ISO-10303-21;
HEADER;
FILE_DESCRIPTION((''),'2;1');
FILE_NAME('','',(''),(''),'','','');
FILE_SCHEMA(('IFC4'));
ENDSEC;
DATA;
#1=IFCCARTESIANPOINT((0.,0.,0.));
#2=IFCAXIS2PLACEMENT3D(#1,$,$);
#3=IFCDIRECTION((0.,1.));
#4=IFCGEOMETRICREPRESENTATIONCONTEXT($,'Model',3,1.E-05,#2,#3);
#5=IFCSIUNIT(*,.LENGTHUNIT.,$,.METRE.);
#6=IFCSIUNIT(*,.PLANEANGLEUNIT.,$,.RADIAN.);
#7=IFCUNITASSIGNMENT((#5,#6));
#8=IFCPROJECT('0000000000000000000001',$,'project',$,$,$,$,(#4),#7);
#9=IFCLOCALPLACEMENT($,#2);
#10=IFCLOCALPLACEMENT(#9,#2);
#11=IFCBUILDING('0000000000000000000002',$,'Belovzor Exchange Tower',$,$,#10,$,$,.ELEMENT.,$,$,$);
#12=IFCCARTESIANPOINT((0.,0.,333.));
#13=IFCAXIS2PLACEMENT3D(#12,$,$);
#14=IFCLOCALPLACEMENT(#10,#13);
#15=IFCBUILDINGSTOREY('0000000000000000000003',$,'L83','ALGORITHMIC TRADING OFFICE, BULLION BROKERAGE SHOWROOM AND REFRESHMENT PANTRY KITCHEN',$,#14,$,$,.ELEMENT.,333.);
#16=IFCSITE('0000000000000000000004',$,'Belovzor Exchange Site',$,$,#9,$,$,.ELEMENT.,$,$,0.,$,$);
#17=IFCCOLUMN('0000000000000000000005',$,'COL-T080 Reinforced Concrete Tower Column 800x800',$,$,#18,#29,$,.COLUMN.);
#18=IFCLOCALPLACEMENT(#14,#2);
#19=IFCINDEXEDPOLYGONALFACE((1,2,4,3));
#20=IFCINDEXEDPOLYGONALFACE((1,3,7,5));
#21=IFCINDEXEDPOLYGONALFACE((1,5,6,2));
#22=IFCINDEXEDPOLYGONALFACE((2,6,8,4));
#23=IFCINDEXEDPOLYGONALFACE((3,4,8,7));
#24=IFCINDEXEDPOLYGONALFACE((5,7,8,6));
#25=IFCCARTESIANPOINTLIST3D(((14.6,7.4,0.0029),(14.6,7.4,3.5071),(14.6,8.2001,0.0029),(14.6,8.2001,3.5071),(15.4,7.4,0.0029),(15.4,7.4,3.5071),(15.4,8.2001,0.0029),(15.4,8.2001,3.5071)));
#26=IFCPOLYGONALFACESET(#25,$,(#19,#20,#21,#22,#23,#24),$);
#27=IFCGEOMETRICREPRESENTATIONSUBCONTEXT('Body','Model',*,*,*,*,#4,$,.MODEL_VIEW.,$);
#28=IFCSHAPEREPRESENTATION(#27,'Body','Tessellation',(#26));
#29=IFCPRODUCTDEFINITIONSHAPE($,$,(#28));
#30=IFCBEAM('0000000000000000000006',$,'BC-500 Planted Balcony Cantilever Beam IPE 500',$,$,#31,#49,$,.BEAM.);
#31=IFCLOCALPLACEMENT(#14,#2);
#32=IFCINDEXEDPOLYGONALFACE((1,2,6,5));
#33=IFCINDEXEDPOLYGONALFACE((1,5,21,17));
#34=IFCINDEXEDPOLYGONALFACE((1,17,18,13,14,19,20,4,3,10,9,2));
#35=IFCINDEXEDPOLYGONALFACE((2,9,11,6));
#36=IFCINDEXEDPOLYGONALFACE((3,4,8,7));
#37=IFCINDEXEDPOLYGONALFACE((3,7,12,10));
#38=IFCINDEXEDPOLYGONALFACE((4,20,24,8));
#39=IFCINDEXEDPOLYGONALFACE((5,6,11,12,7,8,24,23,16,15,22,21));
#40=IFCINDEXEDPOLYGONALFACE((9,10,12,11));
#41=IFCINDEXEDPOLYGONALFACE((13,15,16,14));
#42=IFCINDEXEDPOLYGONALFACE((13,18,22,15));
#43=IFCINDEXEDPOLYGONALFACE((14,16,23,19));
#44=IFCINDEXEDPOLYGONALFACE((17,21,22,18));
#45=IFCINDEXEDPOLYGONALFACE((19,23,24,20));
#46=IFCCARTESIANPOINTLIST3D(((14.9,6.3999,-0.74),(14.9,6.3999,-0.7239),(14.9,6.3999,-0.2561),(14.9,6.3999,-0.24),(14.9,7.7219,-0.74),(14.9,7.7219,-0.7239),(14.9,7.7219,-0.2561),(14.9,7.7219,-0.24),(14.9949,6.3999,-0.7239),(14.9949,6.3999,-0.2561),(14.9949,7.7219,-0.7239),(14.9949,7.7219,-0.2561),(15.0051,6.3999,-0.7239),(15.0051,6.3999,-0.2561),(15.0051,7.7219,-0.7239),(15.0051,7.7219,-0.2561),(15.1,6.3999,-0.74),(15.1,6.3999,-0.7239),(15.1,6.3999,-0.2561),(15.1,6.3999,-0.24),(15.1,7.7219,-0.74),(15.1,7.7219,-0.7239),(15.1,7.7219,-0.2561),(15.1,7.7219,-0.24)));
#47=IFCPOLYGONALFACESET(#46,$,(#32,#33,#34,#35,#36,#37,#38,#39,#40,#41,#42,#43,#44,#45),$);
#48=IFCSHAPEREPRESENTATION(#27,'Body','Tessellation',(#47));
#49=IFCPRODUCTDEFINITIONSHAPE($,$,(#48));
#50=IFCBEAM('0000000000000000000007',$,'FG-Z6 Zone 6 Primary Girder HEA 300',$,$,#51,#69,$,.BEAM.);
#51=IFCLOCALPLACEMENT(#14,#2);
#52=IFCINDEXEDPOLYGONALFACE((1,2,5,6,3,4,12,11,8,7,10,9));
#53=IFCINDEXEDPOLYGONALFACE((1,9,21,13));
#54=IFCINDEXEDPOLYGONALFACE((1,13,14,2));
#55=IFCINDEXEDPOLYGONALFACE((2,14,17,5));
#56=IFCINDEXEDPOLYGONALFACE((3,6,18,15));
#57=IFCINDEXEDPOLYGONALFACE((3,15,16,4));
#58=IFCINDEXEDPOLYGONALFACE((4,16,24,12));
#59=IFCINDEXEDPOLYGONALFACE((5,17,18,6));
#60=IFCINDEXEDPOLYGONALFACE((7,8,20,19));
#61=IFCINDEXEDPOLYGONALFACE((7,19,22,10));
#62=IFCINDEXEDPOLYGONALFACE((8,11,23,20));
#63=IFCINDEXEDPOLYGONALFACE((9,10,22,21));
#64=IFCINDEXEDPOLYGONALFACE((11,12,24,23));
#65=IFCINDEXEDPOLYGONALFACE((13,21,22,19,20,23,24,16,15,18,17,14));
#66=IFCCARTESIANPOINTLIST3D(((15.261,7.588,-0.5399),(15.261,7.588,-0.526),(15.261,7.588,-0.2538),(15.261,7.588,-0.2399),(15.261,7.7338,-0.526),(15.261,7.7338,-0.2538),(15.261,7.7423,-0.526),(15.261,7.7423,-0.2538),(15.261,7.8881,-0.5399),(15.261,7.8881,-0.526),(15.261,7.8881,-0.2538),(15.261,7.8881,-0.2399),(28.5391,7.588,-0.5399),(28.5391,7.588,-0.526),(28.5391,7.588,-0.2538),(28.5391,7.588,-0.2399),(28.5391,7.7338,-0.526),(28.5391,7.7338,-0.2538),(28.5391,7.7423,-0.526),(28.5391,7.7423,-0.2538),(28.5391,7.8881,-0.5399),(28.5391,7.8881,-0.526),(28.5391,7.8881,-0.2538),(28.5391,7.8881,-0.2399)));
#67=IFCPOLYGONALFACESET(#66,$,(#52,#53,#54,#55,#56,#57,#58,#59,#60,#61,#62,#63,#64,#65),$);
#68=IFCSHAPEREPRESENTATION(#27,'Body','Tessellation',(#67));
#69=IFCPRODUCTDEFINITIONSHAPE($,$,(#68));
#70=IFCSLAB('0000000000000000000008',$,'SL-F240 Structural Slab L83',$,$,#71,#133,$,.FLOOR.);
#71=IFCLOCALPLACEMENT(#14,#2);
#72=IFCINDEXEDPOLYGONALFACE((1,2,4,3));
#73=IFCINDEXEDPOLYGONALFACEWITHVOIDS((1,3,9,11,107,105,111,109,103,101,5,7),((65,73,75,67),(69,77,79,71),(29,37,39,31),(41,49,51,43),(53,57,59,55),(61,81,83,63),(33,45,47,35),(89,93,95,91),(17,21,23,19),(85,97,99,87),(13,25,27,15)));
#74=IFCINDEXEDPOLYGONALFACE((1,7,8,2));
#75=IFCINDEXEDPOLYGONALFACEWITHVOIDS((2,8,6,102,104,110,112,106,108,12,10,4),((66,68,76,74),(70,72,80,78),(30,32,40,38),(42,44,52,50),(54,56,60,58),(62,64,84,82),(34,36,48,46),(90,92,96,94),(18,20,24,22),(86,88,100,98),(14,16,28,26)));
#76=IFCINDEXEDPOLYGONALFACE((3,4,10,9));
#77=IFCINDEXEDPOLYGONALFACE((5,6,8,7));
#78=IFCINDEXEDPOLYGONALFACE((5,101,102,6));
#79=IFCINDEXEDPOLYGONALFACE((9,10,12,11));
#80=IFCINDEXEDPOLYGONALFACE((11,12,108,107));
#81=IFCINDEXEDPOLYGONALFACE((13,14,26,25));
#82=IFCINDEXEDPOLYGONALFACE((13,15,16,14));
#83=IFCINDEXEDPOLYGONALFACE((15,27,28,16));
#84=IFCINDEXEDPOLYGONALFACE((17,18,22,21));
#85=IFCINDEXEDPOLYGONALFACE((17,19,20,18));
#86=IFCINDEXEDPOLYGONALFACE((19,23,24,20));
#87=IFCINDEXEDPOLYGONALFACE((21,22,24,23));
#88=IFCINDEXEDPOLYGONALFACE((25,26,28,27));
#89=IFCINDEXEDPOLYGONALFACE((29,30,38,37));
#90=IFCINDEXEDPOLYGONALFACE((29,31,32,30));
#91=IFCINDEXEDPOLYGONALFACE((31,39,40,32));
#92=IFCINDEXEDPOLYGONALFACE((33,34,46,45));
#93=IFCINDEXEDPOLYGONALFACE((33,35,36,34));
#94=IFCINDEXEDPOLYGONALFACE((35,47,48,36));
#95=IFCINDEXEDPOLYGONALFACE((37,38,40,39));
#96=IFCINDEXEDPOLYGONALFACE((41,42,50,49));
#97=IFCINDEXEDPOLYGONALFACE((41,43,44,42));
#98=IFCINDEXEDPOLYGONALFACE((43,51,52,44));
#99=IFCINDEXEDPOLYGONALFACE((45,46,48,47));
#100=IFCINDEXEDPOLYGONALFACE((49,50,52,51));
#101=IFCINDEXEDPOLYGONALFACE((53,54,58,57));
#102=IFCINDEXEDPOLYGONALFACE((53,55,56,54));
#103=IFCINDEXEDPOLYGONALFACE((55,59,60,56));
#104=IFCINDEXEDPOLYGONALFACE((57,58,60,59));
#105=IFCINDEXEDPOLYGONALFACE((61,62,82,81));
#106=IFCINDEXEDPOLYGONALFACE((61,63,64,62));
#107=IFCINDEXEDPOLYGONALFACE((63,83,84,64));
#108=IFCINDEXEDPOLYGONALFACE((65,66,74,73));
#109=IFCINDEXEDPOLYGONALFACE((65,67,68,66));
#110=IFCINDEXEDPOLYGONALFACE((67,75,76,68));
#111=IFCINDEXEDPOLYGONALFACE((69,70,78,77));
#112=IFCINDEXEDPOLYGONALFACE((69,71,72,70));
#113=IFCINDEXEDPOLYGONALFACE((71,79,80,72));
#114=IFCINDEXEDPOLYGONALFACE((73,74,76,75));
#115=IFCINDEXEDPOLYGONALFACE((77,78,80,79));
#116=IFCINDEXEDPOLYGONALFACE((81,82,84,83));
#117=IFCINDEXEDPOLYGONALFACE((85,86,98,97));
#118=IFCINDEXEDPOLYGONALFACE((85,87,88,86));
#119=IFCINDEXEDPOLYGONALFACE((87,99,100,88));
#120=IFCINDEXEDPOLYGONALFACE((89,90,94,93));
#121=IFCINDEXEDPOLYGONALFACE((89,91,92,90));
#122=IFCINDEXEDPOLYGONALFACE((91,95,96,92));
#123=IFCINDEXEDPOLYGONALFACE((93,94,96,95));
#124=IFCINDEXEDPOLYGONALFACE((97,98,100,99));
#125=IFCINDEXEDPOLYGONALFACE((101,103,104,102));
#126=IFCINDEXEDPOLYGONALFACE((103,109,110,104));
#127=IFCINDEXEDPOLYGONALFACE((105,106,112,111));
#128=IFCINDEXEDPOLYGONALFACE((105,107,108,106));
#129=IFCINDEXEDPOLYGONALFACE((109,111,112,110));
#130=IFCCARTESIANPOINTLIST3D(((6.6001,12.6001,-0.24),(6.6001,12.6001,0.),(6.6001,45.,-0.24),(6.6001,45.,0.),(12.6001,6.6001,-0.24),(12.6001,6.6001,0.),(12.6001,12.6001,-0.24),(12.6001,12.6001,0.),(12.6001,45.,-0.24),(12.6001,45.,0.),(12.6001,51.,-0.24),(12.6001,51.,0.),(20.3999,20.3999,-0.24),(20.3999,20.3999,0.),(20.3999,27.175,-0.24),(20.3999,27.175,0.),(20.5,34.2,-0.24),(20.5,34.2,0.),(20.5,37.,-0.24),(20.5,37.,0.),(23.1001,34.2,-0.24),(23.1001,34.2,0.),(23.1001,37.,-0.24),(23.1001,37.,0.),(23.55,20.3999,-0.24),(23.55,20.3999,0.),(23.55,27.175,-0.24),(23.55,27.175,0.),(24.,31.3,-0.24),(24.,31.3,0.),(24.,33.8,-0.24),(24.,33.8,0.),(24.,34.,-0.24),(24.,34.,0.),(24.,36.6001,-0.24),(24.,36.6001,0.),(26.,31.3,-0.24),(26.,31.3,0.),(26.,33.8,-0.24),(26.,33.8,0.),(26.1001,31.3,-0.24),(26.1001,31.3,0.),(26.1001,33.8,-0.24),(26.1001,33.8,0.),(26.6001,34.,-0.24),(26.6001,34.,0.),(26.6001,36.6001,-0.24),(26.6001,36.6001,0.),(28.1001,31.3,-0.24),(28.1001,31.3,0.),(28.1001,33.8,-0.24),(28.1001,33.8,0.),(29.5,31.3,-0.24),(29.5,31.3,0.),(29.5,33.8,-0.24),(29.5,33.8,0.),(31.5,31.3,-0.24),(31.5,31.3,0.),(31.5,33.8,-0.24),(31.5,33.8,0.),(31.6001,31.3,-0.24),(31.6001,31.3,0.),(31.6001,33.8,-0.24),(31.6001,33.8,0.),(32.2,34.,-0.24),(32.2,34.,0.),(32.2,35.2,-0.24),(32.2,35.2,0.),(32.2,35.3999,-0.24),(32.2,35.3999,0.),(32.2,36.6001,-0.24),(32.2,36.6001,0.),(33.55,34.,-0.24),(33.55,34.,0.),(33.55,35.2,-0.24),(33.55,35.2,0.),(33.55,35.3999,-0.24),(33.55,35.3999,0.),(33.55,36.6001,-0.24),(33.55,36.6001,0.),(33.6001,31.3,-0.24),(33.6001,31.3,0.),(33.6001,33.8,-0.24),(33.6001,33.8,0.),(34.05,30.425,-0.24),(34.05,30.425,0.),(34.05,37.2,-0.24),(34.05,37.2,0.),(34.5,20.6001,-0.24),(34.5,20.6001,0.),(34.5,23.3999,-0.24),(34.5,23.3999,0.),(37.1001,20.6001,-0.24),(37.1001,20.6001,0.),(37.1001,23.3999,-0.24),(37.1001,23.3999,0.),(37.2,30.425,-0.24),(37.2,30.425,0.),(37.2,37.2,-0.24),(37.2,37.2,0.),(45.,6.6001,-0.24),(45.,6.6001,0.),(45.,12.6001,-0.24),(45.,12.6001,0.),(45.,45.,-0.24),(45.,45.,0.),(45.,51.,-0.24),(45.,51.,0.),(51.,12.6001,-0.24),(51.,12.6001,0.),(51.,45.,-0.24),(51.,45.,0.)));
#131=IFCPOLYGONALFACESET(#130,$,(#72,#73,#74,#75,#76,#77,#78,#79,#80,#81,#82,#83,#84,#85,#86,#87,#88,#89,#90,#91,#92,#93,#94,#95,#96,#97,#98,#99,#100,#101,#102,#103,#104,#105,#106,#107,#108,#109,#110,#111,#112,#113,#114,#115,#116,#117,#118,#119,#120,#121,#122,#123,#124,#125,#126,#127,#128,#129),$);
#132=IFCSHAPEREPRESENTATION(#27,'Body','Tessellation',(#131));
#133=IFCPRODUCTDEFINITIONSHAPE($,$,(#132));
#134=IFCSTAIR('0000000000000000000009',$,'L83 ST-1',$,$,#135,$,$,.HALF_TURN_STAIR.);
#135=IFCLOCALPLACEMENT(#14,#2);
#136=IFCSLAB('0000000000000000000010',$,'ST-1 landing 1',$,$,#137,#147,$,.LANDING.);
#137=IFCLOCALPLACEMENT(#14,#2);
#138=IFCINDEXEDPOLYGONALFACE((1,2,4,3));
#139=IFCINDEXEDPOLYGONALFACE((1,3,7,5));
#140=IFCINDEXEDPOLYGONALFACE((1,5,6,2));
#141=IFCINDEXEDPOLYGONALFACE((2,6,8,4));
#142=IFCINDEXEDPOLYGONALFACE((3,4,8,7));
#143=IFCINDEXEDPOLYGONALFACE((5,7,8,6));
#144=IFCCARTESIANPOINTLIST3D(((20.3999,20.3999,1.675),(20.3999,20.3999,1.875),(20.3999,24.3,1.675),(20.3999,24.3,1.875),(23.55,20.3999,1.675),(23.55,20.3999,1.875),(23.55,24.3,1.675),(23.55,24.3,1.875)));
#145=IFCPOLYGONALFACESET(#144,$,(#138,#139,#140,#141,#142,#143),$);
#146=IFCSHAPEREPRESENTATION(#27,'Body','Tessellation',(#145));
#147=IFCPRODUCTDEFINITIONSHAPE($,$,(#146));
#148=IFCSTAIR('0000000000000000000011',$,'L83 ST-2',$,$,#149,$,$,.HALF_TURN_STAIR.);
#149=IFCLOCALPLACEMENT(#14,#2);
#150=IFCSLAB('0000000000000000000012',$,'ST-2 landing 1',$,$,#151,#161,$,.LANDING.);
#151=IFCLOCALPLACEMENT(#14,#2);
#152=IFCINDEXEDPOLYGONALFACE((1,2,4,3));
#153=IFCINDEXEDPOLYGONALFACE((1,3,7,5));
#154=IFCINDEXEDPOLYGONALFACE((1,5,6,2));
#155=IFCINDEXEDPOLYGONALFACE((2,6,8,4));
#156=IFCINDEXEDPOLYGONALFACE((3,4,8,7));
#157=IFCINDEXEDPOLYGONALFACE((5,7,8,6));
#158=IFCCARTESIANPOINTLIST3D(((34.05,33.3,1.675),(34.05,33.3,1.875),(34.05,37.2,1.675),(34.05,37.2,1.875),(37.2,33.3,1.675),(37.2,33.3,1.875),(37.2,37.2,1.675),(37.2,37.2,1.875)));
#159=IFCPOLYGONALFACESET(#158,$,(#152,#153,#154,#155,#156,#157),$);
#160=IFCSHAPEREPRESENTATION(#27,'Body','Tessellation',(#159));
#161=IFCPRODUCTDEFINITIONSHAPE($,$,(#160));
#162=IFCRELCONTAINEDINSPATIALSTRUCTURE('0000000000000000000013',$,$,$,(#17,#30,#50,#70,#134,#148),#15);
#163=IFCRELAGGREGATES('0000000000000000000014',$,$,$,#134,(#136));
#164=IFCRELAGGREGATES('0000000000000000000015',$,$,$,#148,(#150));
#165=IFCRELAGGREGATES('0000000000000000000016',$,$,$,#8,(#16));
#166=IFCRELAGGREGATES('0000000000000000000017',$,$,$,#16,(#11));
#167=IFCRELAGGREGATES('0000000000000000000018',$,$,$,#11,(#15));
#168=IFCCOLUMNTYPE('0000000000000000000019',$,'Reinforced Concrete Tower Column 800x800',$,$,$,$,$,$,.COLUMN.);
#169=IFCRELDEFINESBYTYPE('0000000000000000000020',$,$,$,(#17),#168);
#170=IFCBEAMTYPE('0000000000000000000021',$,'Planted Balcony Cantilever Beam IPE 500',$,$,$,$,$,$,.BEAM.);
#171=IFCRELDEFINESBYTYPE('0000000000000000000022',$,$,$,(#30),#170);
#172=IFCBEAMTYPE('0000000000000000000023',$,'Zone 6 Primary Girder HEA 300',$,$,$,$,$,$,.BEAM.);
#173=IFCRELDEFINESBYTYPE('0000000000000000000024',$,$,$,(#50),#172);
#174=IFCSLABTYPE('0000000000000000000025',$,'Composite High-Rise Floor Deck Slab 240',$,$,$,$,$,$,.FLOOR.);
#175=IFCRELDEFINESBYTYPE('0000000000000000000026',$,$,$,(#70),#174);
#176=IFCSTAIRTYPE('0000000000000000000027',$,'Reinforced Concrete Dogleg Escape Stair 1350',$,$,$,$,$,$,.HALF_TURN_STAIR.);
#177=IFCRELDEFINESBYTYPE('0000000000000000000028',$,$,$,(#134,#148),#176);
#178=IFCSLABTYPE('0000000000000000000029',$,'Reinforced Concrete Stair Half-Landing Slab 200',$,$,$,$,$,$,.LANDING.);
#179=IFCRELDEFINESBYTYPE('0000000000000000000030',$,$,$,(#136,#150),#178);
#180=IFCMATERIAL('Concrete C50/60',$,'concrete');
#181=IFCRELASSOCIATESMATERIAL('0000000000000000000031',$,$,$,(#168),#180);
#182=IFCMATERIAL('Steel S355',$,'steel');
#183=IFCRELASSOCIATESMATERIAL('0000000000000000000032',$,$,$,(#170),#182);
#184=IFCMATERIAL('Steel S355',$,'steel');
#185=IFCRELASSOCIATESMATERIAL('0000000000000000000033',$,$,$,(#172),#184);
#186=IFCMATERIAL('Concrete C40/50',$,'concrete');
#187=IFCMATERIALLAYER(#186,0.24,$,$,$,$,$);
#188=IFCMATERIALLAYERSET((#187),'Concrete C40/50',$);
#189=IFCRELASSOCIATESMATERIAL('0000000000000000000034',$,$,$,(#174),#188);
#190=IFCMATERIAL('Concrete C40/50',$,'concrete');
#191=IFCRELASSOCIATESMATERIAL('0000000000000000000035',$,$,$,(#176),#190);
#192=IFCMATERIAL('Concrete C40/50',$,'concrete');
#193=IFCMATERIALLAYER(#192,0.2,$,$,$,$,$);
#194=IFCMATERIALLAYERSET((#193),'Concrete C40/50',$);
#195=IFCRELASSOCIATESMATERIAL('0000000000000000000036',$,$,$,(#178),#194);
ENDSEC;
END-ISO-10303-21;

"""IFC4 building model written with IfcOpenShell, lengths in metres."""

from ifc_helpers import new_model, si_unit, direction, frame, origin, origin_2d, place, context, subcontext, project, spatial, polyline, rectangle, i_section, outline, extrude, material, layer, layer_set, material_profile, profile_set, type_object, element, aggregate, save


model = new_model("IFC4")

# Units and contexts
model_context = context("Model", 3, precision=1e-05, world=origin(), true_north=direction((0.0, 1.0)))
body_context = subcontext(model_context, "Body", "Model", "MODEL_VIEW")
ifc_project = project(units=[si_unit("LENGTHUNIT", "METRE"), si_unit("PLANEANGLEUNIT", "RADIAN")], contexts=[model_context])

# Site, building, storey
site_placement = place(None, origin())
site = spatial("IfcSite", under=ifc_project, at=site_placement, Name="Belovzor Exchange Site", CompositionType="ELEMENT", RefElevation=0.0)
building_placement = place(site_placement, origin())
building = spatial("IfcBuilding", under=site, at=building_placement, Name="Belovzor Exchange Tower", CompositionType="ELEMENT")
storey_placement = place(building_placement, frame((0.0, 0.0, 333.0)))
storey = spatial("IfcBuildingStorey", under=building, at=storey_placement, Name="L83", Description="ALGORITHMIC TRADING OFFICE, BULLION BROKERAGE SHOWROOM AND REFRESHMENT PANTRY KITCHEN", CompositionType="ELEMENT", Elevation=333.0)

# Column
ifc_material_1 = material(Name="Concrete C50/60", Category="concrete")
ifc_material_profile_1 = material_profile(ifc_material_1, rectangle(XDim=0.8, YDim=0.8, at=origin_2d()))
ifc_profile_set_1 = profile_set([ifc_material_profile_1], Name="Concrete C50/60")
column_type = type_object("IfcColumnType", Name="Reinforced Concrete Tower Column 800x800", PredefinedType="COLUMN", material=ifc_profile_set_1)
column_placement = place(storey_placement, frame((15.0, 7.8, 0.0029), z_axis=(0.0, 0.0, 1.0), x_axis=(1.0, 0.0, 0.0)))
element("IfcColumn", 1, at=column_placement, inside=storey, type_object=column_type, Name="COL-T080 Reinforced Concrete Tower Column 800x800", PredefinedType="COLUMN", context=body_context, shape_type="SweptSolid", body=[
    extrude(rectangle(XDim=0.8, YDim=0.8, at=origin_2d()), origin(), (0.0, 0.0, 1.0), 3.5042),
])

# Beams
ifc_material_2 = material(Name="Steel S355", Category="steel")
ifc_material_profile_2 = material_profile(ifc_material_2, i_section(OverallWidth=0.2, OverallDepth=0.5, WebThickness=0.0103, FlangeThickness=0.0161, at=origin_2d()))
ifc_profile_set_2 = profile_set([ifc_material_profile_2], Name="Steel S355")
beam_type_1 = type_object("IfcBeamType", Name="Planted Balcony Cantilever Beam IPE 500", PredefinedType="BEAM", material=ifc_profile_set_2)
beam_1_placement = place(storey_placement, frame((15.0, 7.7219, -0.49), z_axis=(0.0, -1.0, 0.0), x_axis=(1.0, 0.0, 0.0)))
element("IfcBeam", 2, at=beam_1_placement, inside=storey, type_object=beam_type_1, Name="BC-500 Planted Balcony Cantilever Beam IPE 500", PredefinedType="BEAM", context=body_context, shape_type="SweptSolid", body=[
    extrude(i_section(OverallWidth=0.2, OverallDepth=0.5, WebThickness=0.0103, FlangeThickness=0.0161, at=origin_2d()), origin(), (0.0, 0.0, 1.0), 1.322),
])
ifc_material_3 = material(Name="Steel S355", Category="steel")
ifc_material_profile_3 = material_profile(ifc_material_3, i_section(OverallWidth=0.3, OverallDepth=0.3, WebThickness=0.0085, FlangeThickness=0.0139, at=origin_2d()))
ifc_profile_set_3 = profile_set([ifc_material_profile_3], Name="Steel S355")
beam_type_2 = type_object("IfcBeamType", Name="Zone 6 Primary Girder HEA 300", PredefinedType="BEAM", material=ifc_profile_set_3)
beam_2_placement = place(storey_placement, frame((15.261, 7.738, -0.3899), z_axis=(1.0, 0.0, 0.0), x_axis=(0.0, 1.0, 0.0)))
element("IfcBeam", 3, at=beam_2_placement, inside=storey, type_object=beam_type_2, Name="FG-Z6 Zone 6 Primary Girder HEA 300", PredefinedType="BEAM", context=body_context, shape_type="SweptSolid", body=[
    extrude(i_section(OverallWidth=0.3, OverallDepth=0.3, WebThickness=0.0085, FlangeThickness=0.0139, at=origin_2d()), origin(), (0.0, 0.0, 1.0), 13.2781),
])

# Slab
ifc_material_4 = material(Name="Concrete C40/50", Category="concrete")
ifc_layer_1 = layer(ifc_material_4, 0.24)
ifc_layer_set_1 = layer_set([ifc_layer_1], Name="Concrete C40/50")
slab_type_1 = type_object("IfcSlabType", Name="Composite High-Rise Floor Deck Slab 240", PredefinedType="FLOOR", material=ifc_layer_set_1)
slab_1_placement = place(storey_placement, frame((0.0, 0.0, -0.24)))
element("IfcSlab", 4, at=slab_1_placement, inside=storey, type_object=slab_type_1, Name="SL-F240 Structural Slab L83", PredefinedType="FLOOR", context=body_context, shape_type="SweptSolid", body=[
    extrude(outline(polyline([(12.6001, 6.6001), (45.0, 6.6001), (45.0, 12.6001), (51.0, 12.6001), (51.0, 45.0), (45.0, 45.0), (45.0, 51.0), (12.6001, 51.0), (12.6001, 45.0), (6.6001, 45.0), (6.6001, 12.6001), (12.6001, 12.6001), (12.6001, 6.6001)]), holes=[polyline([(20.3999, 27.175), (20.3999, 20.3999), (23.55, 20.3999), (23.55, 27.175), (20.3999, 27.175)]), polyline([(37.2, 30.425), (37.2, 37.2), (34.05, 37.2), (34.05, 30.425), (37.2, 30.425)]), polyline([(20.5, 34.2), (23.1001, 34.2), (23.1001, 37.0), (20.5, 37.0), (20.5, 34.2)]), polyline([(34.5, 20.6001), (37.1001, 20.6001), (37.1001, 23.3999), (34.5, 23.3999), (34.5, 20.6001)]), polyline([(24.0, 34.0), (26.6001, 34.0), (26.6001, 36.6001), (24.0, 36.6001), (24.0, 34.0)]), polyline([(24.0, 31.3), (26.0, 31.3), (26.0, 33.8), (24.0, 33.8), (24.0, 31.3)]), polyline([(26.1001, 31.3), (28.1001, 31.3), (28.1001, 33.8), (26.1001, 33.8), (26.1001, 31.3)]), polyline([(29.5, 31.3), (31.5, 31.3), (31.5, 33.8), (29.5, 33.8), (29.5, 31.3)]), polyline([(31.6001, 31.3), (33.6001, 31.3), (33.6001, 33.8), (31.6001, 33.8), (31.6001, 31.3)]), polyline([(32.2, 34.0), (33.55, 34.0), (33.55, 35.2), (32.2, 35.2), (32.2, 34.0)]), polyline([(32.2, 35.3999), (33.55, 35.3999), (33.55, 36.6001), (32.2, 36.6001), (32.2, 35.3999)])]), origin(), (0.0, 0.0, 1.0), 0.24),
])

# Stairs, slabs
ifc_material_5 = material(Name="Concrete C40/50", Category="concrete")
stair_type = type_object("IfcStairType", Name="Reinforced Concrete Dogleg Escape Stair 1350", PredefinedType="HALF_TURN_STAIR", material=ifc_material_5)
stair_1_placement = place(storey_placement, origin())
stair_1 = element("IfcStair", 5, at=stair_1_placement, inside=storey, type_object=stair_type, Name="L83 ST-1", PredefinedType="HALF_TURN_STAIR")
ifc_material_6 = material(Name="Concrete C40/50", Category="concrete")
ifc_layer_2 = layer(ifc_material_6, 0.2)
ifc_layer_set_2 = layer_set([ifc_layer_2], Name="Concrete C40/50")
slab_type_2 = type_object("IfcSlabType", Name="Reinforced Concrete Stair Half-Landing Slab 200", PredefinedType="LANDING", material=ifc_layer_set_2)
slab_2_placement = place(storey_placement, frame((0.0, 0.0, 1.675)))
slab_2 = element("IfcSlab", 6, at=slab_2_placement, type_object=slab_type_2, Name="ST-1 landing 1", PredefinedType="LANDING", context=body_context, shape_type="SweptSolid", body=[
    extrude(outline(polyline([(20.3999, 24.3), (20.3999, 20.3999), (23.55, 20.3999), (23.55, 24.3), (20.3999, 24.3)])), origin(), (0.0, 0.0, 1.0), 0.2),
])
aggregate(stair_1, [slab_2])
stair_2_placement = place(storey_placement, origin())
stair_2 = element("IfcStair", 7, at=stair_2_placement, inside=storey, type_object=stair_type, Name="L83 ST-2", PredefinedType="HALF_TURN_STAIR")
slab_3_placement = place(storey_placement, frame((0.0, 0.0, 1.675)))
slab_3 = element("IfcSlab", 8, at=slab_3_placement, type_object=slab_type_2, Name="ST-2 landing 1", PredefinedType="LANDING", context=body_context, shape_type="SweptSolid", body=[
    extrude(outline(polyline([(37.2, 33.3), (37.2, 37.2), (34.05, 37.2), (34.05, 33.3), (37.2, 33.3)])), origin(), (0.0, 0.0, 1.0), 0.2),
])
aggregate(stair_2, [slab_3])

save(model, "model.ifc")
